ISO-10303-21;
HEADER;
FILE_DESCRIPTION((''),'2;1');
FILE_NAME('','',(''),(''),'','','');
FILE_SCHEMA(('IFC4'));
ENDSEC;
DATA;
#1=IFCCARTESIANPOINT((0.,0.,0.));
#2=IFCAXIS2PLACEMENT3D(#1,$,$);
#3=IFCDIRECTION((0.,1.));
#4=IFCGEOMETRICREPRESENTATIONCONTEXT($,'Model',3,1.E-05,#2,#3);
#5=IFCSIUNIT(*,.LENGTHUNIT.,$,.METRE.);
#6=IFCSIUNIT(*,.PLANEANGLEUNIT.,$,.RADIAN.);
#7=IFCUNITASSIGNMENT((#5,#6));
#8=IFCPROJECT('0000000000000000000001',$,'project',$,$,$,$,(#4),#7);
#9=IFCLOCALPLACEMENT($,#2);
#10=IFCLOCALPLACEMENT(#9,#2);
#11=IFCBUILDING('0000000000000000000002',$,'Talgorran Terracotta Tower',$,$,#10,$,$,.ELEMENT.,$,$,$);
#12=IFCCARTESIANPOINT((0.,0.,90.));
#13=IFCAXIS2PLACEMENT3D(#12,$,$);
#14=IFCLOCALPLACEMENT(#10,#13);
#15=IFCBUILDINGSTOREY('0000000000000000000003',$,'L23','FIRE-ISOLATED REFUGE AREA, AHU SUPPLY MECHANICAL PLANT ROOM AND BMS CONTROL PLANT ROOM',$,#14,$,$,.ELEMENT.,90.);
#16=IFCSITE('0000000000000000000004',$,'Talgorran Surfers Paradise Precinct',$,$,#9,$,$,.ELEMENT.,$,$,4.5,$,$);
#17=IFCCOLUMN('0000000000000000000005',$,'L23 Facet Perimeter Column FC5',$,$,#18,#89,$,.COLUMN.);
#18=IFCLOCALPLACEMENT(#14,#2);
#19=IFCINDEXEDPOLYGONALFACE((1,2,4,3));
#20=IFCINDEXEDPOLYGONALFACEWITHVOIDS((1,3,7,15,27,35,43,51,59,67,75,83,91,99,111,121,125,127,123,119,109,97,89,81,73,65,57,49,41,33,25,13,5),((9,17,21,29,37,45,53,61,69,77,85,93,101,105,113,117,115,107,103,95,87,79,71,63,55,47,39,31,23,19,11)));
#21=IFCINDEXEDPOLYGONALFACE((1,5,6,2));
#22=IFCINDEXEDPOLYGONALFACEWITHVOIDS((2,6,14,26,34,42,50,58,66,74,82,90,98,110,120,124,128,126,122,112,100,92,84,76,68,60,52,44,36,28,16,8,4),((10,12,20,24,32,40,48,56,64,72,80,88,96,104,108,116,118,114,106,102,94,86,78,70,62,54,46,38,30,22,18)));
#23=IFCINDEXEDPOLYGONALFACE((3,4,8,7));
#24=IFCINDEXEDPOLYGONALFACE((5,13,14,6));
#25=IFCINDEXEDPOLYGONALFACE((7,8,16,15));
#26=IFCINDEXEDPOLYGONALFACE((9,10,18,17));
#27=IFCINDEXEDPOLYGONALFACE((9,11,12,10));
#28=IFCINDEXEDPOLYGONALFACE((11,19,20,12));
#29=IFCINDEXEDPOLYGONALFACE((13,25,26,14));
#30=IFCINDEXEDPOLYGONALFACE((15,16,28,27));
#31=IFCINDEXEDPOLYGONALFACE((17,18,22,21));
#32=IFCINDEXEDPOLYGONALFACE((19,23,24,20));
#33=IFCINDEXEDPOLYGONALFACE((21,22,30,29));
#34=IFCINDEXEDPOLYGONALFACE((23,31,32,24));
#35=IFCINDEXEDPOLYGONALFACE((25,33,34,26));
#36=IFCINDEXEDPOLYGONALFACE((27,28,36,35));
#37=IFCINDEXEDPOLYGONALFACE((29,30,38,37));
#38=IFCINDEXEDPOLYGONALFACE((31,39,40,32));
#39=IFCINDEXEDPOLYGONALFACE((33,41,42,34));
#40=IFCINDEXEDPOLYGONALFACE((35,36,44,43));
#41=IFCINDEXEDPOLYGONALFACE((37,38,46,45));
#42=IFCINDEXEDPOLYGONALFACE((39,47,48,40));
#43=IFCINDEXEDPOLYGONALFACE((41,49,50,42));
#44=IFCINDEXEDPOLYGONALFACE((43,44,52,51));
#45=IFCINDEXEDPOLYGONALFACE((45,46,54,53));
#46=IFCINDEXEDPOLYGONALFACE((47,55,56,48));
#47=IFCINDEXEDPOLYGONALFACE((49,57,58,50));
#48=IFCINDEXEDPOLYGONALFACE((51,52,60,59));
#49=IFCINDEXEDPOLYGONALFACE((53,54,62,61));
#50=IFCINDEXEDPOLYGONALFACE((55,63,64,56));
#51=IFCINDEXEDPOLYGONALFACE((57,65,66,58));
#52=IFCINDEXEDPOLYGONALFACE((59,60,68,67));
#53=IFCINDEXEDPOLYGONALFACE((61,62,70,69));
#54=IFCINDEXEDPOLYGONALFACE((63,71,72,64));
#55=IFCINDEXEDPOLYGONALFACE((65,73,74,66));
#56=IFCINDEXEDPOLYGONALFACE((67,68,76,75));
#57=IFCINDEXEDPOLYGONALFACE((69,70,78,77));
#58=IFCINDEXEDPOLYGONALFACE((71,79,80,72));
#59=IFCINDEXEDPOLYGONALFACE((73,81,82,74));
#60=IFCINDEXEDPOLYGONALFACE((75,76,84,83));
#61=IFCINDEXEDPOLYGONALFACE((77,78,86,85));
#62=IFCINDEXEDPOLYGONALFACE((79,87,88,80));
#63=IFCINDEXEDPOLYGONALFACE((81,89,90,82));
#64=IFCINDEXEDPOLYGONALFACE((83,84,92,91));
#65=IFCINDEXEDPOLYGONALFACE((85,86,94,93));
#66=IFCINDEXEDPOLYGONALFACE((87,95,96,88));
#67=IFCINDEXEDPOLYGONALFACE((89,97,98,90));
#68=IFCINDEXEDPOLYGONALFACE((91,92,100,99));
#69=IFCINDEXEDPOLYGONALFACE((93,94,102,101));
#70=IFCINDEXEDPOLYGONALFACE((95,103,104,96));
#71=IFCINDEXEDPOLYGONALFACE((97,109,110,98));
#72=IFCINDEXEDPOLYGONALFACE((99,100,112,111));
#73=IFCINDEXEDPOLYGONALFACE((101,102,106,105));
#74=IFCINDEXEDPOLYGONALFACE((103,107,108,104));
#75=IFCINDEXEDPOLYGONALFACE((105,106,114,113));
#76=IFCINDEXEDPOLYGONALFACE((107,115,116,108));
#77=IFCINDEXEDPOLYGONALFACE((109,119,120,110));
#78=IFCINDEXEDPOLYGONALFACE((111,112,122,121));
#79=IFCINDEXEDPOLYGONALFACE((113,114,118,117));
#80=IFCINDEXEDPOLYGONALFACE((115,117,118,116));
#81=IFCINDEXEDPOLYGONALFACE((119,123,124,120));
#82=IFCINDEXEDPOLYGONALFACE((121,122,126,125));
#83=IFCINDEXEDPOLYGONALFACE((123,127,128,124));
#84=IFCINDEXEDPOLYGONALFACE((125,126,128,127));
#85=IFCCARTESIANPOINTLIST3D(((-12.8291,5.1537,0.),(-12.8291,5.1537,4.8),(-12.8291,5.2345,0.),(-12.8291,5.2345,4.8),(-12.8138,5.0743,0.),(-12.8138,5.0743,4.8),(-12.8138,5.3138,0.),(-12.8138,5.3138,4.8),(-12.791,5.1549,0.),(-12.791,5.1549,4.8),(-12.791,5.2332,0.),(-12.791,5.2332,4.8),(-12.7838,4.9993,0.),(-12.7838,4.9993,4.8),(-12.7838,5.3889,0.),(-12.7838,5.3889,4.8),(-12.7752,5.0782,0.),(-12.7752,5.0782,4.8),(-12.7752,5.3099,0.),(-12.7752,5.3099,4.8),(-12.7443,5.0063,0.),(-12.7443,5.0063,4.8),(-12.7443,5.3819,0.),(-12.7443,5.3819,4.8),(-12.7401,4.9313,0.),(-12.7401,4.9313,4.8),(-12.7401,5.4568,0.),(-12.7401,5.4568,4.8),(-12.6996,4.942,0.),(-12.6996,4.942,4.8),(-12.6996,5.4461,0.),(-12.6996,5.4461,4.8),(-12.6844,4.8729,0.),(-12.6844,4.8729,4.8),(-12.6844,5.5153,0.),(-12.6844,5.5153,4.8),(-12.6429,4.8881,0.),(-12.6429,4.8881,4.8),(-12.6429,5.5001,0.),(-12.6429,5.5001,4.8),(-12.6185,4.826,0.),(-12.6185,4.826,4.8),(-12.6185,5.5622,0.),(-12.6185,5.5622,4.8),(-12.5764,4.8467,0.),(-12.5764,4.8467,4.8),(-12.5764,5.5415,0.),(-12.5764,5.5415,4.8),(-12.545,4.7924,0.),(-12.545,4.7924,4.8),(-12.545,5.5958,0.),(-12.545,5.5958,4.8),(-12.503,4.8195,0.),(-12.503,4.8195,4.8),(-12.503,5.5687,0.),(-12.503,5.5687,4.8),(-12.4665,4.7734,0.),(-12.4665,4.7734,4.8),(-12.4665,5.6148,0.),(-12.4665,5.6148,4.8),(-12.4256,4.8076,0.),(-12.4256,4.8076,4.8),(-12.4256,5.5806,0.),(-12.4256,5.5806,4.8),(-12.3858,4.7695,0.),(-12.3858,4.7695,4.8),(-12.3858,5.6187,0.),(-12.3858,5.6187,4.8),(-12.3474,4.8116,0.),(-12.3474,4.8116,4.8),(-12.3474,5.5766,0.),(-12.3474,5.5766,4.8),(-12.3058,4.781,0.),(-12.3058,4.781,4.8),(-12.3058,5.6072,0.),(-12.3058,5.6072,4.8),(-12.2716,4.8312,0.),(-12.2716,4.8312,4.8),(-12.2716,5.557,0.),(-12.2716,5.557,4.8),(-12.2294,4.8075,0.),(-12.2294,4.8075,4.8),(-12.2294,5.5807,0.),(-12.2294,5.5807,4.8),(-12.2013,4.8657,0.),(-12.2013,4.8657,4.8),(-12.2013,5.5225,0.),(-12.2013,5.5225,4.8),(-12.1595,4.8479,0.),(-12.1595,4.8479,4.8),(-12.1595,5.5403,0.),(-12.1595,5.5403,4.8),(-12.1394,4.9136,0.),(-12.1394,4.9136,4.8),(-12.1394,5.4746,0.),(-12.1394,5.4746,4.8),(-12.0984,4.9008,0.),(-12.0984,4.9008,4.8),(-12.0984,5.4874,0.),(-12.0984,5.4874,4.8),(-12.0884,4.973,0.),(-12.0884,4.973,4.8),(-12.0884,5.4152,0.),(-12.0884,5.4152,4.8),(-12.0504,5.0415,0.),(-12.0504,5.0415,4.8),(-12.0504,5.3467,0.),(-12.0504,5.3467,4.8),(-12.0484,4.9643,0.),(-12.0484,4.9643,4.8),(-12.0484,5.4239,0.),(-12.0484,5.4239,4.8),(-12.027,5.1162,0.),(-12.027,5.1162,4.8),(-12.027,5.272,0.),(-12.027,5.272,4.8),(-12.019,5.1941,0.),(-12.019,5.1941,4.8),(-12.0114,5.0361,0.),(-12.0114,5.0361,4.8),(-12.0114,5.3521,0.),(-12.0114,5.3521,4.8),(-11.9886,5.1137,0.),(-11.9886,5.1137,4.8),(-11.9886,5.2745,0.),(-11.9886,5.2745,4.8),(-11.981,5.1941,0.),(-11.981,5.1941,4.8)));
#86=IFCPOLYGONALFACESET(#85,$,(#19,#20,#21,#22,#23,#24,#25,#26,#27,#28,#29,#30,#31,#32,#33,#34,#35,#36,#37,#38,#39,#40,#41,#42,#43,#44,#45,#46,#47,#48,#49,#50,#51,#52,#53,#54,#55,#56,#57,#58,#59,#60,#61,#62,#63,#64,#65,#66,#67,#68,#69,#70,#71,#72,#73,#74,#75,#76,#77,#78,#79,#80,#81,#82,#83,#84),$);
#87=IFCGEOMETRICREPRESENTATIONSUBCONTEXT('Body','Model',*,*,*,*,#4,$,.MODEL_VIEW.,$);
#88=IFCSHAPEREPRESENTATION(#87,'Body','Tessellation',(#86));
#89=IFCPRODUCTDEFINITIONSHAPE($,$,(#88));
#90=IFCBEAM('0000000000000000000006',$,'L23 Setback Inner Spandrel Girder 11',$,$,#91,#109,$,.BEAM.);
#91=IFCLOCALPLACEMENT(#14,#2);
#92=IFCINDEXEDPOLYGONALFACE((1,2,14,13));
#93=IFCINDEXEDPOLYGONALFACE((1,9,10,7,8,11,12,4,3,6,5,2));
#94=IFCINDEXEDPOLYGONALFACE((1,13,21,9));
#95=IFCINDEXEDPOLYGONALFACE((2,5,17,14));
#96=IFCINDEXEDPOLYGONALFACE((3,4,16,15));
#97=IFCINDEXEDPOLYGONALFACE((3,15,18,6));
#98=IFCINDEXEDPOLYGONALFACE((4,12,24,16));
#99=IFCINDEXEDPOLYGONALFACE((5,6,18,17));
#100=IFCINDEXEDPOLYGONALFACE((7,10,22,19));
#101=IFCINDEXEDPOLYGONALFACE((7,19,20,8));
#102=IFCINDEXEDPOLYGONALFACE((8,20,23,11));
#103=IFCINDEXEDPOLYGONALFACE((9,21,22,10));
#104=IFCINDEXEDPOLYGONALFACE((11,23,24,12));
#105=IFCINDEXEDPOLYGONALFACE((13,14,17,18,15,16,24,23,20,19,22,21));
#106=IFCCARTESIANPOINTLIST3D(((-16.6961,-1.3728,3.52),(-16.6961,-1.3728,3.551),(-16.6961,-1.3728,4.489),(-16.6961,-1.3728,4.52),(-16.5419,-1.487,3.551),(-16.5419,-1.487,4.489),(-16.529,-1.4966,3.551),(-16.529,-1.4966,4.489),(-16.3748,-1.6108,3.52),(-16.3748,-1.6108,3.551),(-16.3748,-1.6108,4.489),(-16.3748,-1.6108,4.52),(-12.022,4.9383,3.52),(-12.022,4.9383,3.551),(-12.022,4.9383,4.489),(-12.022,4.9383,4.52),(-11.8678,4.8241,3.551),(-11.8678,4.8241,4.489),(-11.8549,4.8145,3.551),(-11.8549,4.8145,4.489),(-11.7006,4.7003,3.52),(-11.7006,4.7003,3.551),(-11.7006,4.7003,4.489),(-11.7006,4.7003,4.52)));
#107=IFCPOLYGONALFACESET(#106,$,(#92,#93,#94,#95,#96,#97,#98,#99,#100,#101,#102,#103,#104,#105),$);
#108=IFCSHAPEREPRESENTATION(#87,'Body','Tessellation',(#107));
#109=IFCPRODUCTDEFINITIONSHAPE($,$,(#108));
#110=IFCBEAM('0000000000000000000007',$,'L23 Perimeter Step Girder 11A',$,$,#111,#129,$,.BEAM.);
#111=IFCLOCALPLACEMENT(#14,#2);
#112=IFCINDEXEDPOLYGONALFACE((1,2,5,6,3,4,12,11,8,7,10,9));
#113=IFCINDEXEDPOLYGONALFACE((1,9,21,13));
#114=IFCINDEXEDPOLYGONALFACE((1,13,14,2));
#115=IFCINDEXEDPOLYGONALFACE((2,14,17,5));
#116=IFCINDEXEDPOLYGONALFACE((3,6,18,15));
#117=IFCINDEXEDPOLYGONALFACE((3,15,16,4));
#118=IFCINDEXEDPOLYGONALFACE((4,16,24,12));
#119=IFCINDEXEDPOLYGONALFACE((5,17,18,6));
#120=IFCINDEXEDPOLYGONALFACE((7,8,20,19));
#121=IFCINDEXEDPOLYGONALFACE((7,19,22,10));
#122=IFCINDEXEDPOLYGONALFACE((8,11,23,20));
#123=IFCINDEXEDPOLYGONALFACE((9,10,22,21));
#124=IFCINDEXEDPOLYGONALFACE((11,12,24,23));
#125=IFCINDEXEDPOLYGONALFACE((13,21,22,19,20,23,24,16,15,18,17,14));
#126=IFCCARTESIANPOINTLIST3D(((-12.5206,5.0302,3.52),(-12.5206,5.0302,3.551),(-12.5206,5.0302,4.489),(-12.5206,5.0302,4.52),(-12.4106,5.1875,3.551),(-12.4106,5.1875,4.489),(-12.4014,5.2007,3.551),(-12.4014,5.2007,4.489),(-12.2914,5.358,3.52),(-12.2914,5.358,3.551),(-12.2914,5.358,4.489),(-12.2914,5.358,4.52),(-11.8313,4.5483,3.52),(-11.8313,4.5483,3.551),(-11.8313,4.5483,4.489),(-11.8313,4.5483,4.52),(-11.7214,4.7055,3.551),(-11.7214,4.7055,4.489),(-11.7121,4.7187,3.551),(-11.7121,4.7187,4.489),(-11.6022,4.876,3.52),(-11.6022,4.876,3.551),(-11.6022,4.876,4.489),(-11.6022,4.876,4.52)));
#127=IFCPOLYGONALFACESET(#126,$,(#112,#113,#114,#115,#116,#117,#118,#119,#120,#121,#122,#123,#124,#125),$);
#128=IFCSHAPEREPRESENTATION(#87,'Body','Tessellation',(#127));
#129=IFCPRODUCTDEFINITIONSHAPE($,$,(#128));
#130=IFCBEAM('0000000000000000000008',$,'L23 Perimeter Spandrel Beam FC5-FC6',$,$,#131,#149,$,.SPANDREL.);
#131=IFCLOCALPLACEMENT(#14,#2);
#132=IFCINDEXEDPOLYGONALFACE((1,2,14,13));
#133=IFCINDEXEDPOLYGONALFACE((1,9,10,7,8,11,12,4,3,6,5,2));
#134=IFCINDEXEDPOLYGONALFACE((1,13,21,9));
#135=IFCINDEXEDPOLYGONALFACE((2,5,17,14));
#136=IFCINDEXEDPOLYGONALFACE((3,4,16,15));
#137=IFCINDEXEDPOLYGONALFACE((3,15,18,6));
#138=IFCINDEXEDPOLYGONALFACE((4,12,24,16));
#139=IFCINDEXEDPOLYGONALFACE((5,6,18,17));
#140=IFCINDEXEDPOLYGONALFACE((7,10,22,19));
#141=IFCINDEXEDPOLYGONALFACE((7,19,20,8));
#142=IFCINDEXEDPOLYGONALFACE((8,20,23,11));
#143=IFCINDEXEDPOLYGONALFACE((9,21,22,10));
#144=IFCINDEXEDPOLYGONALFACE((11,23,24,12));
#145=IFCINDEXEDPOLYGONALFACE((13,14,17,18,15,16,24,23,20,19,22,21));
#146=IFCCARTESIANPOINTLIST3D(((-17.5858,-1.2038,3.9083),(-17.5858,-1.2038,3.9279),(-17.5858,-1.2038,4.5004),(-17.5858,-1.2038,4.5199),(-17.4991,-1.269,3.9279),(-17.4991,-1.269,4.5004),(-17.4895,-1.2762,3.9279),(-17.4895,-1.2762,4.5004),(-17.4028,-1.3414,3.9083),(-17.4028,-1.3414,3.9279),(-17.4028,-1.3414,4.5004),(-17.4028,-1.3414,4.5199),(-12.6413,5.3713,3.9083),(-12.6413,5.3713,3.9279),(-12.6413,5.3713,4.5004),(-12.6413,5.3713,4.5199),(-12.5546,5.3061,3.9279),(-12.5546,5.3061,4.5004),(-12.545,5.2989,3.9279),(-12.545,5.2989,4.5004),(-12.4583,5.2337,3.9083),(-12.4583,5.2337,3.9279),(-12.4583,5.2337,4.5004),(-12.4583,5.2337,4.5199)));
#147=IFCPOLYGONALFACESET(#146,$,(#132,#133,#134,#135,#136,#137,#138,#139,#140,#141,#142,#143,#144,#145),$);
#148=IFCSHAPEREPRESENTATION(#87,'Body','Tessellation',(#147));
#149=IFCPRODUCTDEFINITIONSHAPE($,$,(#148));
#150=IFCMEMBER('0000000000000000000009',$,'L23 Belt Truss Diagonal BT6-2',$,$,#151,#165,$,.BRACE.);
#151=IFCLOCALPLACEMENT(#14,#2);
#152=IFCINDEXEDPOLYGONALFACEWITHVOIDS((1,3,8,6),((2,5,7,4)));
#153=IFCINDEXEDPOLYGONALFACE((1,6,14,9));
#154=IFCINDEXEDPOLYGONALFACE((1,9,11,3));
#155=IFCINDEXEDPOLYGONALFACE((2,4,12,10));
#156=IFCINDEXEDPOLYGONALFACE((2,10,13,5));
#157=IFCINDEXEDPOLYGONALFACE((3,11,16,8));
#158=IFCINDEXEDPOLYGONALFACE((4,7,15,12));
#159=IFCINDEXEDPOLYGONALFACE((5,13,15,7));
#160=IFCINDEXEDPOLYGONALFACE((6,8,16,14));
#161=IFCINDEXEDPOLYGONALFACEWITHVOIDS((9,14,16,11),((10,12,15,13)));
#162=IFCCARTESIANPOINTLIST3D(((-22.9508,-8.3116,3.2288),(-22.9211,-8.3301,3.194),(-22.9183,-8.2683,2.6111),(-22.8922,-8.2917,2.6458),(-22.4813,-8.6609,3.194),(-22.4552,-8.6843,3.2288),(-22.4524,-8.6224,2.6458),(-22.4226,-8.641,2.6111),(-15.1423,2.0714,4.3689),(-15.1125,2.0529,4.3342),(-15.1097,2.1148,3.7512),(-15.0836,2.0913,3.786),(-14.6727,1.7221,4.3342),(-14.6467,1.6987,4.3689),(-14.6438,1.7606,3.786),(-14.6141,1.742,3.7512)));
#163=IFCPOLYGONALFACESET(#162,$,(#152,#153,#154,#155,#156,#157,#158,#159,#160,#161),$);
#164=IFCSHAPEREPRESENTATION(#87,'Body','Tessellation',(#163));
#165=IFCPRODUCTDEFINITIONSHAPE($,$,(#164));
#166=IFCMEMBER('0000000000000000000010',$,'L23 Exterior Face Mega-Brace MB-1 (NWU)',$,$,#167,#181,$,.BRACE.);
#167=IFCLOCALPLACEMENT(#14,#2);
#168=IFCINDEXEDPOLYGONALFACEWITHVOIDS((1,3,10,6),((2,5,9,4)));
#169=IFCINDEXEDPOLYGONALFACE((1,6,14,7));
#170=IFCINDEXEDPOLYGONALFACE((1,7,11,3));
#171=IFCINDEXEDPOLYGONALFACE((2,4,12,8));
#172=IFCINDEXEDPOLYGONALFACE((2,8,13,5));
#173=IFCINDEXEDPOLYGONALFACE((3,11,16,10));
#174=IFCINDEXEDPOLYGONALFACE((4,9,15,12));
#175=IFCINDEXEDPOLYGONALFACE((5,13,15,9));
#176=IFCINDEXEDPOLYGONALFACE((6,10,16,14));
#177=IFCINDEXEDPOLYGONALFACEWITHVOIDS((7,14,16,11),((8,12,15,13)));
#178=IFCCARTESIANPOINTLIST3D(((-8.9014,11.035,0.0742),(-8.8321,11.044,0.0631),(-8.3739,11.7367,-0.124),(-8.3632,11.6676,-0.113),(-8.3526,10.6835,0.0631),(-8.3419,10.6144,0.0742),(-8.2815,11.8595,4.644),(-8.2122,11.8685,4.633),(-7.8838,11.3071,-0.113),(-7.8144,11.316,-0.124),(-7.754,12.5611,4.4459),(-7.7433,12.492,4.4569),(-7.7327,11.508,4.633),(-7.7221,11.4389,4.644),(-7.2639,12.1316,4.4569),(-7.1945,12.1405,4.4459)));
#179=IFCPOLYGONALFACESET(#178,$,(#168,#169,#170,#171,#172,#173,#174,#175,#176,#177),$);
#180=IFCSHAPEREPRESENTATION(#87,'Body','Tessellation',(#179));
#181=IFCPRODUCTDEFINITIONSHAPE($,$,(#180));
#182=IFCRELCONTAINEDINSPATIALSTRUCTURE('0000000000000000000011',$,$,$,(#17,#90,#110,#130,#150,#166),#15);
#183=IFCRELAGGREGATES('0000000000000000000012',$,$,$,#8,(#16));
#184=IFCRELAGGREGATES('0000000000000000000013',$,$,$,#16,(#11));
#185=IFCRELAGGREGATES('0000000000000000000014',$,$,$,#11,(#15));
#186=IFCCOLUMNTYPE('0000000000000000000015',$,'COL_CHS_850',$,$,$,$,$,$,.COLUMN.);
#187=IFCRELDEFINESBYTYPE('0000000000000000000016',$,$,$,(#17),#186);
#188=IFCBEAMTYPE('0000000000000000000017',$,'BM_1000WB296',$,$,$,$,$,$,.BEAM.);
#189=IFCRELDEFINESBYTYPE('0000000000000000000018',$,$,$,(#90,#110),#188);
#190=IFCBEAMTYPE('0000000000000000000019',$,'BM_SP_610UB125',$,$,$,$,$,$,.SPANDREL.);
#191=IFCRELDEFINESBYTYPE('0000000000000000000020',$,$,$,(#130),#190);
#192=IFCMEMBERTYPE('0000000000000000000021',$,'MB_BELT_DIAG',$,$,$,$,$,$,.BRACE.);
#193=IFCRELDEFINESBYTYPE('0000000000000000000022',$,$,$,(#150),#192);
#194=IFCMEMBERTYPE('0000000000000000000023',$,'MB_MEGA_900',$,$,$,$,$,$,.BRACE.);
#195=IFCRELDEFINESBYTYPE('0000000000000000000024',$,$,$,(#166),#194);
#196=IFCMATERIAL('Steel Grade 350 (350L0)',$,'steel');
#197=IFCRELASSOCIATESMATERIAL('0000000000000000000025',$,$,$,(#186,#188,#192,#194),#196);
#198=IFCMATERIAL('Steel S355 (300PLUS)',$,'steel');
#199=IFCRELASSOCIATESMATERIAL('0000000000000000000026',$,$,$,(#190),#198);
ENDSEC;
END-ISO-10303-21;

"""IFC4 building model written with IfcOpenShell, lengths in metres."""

from ifc_helpers import new_model, si_unit, direction, frame, origin, origin_2d, place, context, subcontext, project, spatial, hollow_rectangle, hollow_circle, i_section, extrude, material, material_profile, profile_set, type_object, element, save


model = new_model("IFC4")

# Units and contexts
model_context = context("Model", 3, precision=1e-05, world=origin(), true_north=direction((0.0, 1.0)))
body_context = subcontext(model_context, "Body", "Model", "MODEL_VIEW")
ifc_project = project(units=[si_unit("LENGTHUNIT", "METRE"), si_unit("PLANEANGLEUNIT", "RADIAN")], contexts=[model_context])

# Site, building, storey
site_placement = place(None, origin())
site = spatial("IfcSite", under=ifc_project, at=site_placement, Name="Talgorran Surfers Paradise Precinct", CompositionType="ELEMENT", RefElevation=4.5)
building_placement = place(site_placement, origin())
building = spatial("IfcBuilding", under=site, at=building_placement, Name="Talgorran Terracotta Tower", CompositionType="ELEMENT")
storey_placement = place(building_placement, frame((0.0, 0.0, 90.0)))
storey = spatial("IfcBuildingStorey", under=building, at=storey_placement, Name="L23", Description="FIRE-ISOLATED REFUGE AREA, AHU SUPPLY MECHANICAL PLANT ROOM AND BMS CONTROL PLANT ROOM", CompositionType="ELEMENT", Elevation=90.0)

# Column
ifc_material_1 = material(Name="Steel Grade 350 (350L0)", Category="steel")
ifc_material_profile_1 = material_profile(ifc_material_1, hollow_circle(Radius=0.425, WallThickness=0.0381, at=origin_2d()), Name="CHS850X38")
ifc_profile_set_1 = profile_set([ifc_material_profile_1], Name="Steel Grade 350 (350L0)")
column_type = type_object("IfcColumnType", Name="COL_CHS_850", PredefinedType="COLUMN", material=ifc_profile_set_1)
column_placement = place(storey_placement, frame((-12.406, 5.1941, 0.0), z_axis=(0.0, 0.0, 1.0), x_axis=(1.0, 0.0, 0.0)))
element("IfcColumn", 1, at=column_placement, inside=storey, type_object=column_type, Name="L23 Facet Perimeter Column FC5", PredefinedType="COLUMN", context=body_context, shape_type="SweptSolid", body=[
    extrude(hollow_circle(Radius=0.425, WallThickness=0.0381, at=origin_2d()), origin(), (0.0, 0.0, 1.0), 4.8),
])

# Beams
ifc_material_profile_2 = material_profile(ifc_material_1, i_section(OverallWidth=0.3999, OverallDepth=1.0, WebThickness=0.0161, FlangeThickness=0.031, at=origin_2d()), Name="1000WB296")
ifc_profile_set_2 = profile_set([ifc_material_profile_2], Name="Steel Grade 350 (350L0)")
beam_type_1 = type_object("IfcBeamType", Name="BM_1000WB296", PredefinedType="BEAM", material=ifc_profile_set_2)
beam_1_placement = place(storey_placement, frame((-11.8613, 4.8193, 4.02), z_axis=(-0.595164, -0.803604, 0.0), x_axis=(0.803604, -0.595164, 0.0)))
element("IfcBeam", 2, at=beam_1_placement, inside=storey, type_object=beam_type_1, Name="L23 Setback Inner Spandrel Girder 11", PredefinedType="BEAM", context=body_context, shape_type="SweptSolid", body=[
    extrude(i_section(OverallWidth=0.3999, OverallDepth=1.0, WebThickness=0.0161, FlangeThickness=0.031, at=origin_2d()), origin(), (0.0, 0.0, 1.0), 7.8535),
])
beam_2_placement = place(storey_placement, frame((-12.406, 5.1941, 4.02), z_axis=(0.819518, -0.573053, 0.0), x_axis=(0.573053, 0.819518, 0.0)))
element("IfcBeam", 3, at=beam_2_placement, inside=storey, type_object=beam_type_1, Name="L23 Perimeter Step Girder 11A", PredefinedType="BEAM", context=body_context, shape_type="SweptSolid", body=[
    extrude(i_section(OverallWidth=0.3999, OverallDepth=1.0, WebThickness=0.0161, FlangeThickness=0.031, at=origin_2d()), origin(), (0.0, 0.0, 1.0), 0.8411),
])
ifc_material_2 = material(Name="Steel S355 (300PLUS)", Category="steel")
ifc_material_profile_3 = material_profile(ifc_material_2, i_section(OverallWidth=0.229, OverallDepth=0.6116, WebThickness=0.012, FlangeThickness=0.0195, at=origin_2d()), Name="610UB125")
ifc_profile_set_3 = profile_set([ifc_material_profile_3], Name="Steel S355 (300PLUS)")
beam_type_2 = type_object("IfcBeamType", Name="BM_SP_610UB125", PredefinedType="SPANDREL", material=ifc_profile_set_3)
beam_3_placement = place(storey_placement, frame((-12.5498, 5.3025, 4.2141), z_axis=(-0.601025, -0.79923, 0.0), x_axis=(0.79923, -0.601025, 0.0)))
element("IfcBeam", 4, at=beam_3_placement, inside=storey, type_object=beam_type_2, Name="L23 Perimeter Spandrel Beam FC5-FC6", PredefinedType="SPANDREL", context=body_context, shape_type="SweptSolid", body=[
    extrude(i_section(OverallWidth=0.229, OverallDepth=0.6116, WebThickness=0.012, FlangeThickness=0.0195, at=origin_2d()), origin(), (0.0, 0.0, 1.0), 8.2268),
])

# Members
ifc_material_profile_4 = material_profile(ifc_material_1, hollow_rectangle(XDim=0.6201, YDim=0.6201, WallThickness=0.0349, at=origin_2d()), Name="WBOX620X620X35")
ifc_profile_set_4 = profile_set([ifc_material_profile_4], Name="Steel Grade 350 (350L0)")
member_type_1 = type_object("IfcMemberType", Name="MB_BELT_DIAG", PredefinedType="BRACE", material=ifc_profile_set_4)
member_1_placement = place(storey_placement, frame((-14.8782, 1.9067, 4.0601), z_axis=(-0.598748, -0.796152, -0.087423), x_axis=(0.799212, -0.601049, 0.0)))
element("IfcMember", 5, at=member_1_placement, inside=storey, type_object=member_type_1, Name="L23 Belt Truss Diagonal BT6-2", PredefinedType="BRACE", context=body_context, shape_type="SweptSolid", body=[
    extrude(hollow_rectangle(XDim=0.6201, YDim=0.6201, WallThickness=0.0349, at=origin_2d()), origin(), (0.0, 0.0, 1.0), 13.0415),
])
ifc_material_profile_5 = material_profile(ifc_material_1, hollow_rectangle(XDim=0.7, YDim=0.8999, WallThickness=0.05, at=origin_2d()), Name="WBOX900X700X50")
ifc_profile_set_5 = profile_set([ifc_material_profile_5], Name="Steel Grade 350 (350L0)")
member_type_2 = type_object("IfcMemberType", Name="MB_MEGA_900", PredefinedType="BRACE", material=ifc_profile_set_5)
member_2_placement = place(storey_placement, frame((-8.3579, 11.1755, -0.0249), z_axis=(0.132316, 0.175987, 0.975459), x_axis=(-0.799289, 0.600946, 0.0)))
element("IfcMember", 6, at=member_2_placement, inside=storey, type_object=member_type_2, Name="L23 Exterior Face Mega-Brace MB-1 (NWU)", PredefinedType="BRACE", context=body_context, shape_type="SweptSolid", body=[
    extrude(hollow_rectangle(XDim=0.7, YDim=0.8999, WallThickness=0.05, at=origin_2d()), origin(), (0.0, 0.0, 1.0), 4.6848),
])

save(model, "model.ifc")
